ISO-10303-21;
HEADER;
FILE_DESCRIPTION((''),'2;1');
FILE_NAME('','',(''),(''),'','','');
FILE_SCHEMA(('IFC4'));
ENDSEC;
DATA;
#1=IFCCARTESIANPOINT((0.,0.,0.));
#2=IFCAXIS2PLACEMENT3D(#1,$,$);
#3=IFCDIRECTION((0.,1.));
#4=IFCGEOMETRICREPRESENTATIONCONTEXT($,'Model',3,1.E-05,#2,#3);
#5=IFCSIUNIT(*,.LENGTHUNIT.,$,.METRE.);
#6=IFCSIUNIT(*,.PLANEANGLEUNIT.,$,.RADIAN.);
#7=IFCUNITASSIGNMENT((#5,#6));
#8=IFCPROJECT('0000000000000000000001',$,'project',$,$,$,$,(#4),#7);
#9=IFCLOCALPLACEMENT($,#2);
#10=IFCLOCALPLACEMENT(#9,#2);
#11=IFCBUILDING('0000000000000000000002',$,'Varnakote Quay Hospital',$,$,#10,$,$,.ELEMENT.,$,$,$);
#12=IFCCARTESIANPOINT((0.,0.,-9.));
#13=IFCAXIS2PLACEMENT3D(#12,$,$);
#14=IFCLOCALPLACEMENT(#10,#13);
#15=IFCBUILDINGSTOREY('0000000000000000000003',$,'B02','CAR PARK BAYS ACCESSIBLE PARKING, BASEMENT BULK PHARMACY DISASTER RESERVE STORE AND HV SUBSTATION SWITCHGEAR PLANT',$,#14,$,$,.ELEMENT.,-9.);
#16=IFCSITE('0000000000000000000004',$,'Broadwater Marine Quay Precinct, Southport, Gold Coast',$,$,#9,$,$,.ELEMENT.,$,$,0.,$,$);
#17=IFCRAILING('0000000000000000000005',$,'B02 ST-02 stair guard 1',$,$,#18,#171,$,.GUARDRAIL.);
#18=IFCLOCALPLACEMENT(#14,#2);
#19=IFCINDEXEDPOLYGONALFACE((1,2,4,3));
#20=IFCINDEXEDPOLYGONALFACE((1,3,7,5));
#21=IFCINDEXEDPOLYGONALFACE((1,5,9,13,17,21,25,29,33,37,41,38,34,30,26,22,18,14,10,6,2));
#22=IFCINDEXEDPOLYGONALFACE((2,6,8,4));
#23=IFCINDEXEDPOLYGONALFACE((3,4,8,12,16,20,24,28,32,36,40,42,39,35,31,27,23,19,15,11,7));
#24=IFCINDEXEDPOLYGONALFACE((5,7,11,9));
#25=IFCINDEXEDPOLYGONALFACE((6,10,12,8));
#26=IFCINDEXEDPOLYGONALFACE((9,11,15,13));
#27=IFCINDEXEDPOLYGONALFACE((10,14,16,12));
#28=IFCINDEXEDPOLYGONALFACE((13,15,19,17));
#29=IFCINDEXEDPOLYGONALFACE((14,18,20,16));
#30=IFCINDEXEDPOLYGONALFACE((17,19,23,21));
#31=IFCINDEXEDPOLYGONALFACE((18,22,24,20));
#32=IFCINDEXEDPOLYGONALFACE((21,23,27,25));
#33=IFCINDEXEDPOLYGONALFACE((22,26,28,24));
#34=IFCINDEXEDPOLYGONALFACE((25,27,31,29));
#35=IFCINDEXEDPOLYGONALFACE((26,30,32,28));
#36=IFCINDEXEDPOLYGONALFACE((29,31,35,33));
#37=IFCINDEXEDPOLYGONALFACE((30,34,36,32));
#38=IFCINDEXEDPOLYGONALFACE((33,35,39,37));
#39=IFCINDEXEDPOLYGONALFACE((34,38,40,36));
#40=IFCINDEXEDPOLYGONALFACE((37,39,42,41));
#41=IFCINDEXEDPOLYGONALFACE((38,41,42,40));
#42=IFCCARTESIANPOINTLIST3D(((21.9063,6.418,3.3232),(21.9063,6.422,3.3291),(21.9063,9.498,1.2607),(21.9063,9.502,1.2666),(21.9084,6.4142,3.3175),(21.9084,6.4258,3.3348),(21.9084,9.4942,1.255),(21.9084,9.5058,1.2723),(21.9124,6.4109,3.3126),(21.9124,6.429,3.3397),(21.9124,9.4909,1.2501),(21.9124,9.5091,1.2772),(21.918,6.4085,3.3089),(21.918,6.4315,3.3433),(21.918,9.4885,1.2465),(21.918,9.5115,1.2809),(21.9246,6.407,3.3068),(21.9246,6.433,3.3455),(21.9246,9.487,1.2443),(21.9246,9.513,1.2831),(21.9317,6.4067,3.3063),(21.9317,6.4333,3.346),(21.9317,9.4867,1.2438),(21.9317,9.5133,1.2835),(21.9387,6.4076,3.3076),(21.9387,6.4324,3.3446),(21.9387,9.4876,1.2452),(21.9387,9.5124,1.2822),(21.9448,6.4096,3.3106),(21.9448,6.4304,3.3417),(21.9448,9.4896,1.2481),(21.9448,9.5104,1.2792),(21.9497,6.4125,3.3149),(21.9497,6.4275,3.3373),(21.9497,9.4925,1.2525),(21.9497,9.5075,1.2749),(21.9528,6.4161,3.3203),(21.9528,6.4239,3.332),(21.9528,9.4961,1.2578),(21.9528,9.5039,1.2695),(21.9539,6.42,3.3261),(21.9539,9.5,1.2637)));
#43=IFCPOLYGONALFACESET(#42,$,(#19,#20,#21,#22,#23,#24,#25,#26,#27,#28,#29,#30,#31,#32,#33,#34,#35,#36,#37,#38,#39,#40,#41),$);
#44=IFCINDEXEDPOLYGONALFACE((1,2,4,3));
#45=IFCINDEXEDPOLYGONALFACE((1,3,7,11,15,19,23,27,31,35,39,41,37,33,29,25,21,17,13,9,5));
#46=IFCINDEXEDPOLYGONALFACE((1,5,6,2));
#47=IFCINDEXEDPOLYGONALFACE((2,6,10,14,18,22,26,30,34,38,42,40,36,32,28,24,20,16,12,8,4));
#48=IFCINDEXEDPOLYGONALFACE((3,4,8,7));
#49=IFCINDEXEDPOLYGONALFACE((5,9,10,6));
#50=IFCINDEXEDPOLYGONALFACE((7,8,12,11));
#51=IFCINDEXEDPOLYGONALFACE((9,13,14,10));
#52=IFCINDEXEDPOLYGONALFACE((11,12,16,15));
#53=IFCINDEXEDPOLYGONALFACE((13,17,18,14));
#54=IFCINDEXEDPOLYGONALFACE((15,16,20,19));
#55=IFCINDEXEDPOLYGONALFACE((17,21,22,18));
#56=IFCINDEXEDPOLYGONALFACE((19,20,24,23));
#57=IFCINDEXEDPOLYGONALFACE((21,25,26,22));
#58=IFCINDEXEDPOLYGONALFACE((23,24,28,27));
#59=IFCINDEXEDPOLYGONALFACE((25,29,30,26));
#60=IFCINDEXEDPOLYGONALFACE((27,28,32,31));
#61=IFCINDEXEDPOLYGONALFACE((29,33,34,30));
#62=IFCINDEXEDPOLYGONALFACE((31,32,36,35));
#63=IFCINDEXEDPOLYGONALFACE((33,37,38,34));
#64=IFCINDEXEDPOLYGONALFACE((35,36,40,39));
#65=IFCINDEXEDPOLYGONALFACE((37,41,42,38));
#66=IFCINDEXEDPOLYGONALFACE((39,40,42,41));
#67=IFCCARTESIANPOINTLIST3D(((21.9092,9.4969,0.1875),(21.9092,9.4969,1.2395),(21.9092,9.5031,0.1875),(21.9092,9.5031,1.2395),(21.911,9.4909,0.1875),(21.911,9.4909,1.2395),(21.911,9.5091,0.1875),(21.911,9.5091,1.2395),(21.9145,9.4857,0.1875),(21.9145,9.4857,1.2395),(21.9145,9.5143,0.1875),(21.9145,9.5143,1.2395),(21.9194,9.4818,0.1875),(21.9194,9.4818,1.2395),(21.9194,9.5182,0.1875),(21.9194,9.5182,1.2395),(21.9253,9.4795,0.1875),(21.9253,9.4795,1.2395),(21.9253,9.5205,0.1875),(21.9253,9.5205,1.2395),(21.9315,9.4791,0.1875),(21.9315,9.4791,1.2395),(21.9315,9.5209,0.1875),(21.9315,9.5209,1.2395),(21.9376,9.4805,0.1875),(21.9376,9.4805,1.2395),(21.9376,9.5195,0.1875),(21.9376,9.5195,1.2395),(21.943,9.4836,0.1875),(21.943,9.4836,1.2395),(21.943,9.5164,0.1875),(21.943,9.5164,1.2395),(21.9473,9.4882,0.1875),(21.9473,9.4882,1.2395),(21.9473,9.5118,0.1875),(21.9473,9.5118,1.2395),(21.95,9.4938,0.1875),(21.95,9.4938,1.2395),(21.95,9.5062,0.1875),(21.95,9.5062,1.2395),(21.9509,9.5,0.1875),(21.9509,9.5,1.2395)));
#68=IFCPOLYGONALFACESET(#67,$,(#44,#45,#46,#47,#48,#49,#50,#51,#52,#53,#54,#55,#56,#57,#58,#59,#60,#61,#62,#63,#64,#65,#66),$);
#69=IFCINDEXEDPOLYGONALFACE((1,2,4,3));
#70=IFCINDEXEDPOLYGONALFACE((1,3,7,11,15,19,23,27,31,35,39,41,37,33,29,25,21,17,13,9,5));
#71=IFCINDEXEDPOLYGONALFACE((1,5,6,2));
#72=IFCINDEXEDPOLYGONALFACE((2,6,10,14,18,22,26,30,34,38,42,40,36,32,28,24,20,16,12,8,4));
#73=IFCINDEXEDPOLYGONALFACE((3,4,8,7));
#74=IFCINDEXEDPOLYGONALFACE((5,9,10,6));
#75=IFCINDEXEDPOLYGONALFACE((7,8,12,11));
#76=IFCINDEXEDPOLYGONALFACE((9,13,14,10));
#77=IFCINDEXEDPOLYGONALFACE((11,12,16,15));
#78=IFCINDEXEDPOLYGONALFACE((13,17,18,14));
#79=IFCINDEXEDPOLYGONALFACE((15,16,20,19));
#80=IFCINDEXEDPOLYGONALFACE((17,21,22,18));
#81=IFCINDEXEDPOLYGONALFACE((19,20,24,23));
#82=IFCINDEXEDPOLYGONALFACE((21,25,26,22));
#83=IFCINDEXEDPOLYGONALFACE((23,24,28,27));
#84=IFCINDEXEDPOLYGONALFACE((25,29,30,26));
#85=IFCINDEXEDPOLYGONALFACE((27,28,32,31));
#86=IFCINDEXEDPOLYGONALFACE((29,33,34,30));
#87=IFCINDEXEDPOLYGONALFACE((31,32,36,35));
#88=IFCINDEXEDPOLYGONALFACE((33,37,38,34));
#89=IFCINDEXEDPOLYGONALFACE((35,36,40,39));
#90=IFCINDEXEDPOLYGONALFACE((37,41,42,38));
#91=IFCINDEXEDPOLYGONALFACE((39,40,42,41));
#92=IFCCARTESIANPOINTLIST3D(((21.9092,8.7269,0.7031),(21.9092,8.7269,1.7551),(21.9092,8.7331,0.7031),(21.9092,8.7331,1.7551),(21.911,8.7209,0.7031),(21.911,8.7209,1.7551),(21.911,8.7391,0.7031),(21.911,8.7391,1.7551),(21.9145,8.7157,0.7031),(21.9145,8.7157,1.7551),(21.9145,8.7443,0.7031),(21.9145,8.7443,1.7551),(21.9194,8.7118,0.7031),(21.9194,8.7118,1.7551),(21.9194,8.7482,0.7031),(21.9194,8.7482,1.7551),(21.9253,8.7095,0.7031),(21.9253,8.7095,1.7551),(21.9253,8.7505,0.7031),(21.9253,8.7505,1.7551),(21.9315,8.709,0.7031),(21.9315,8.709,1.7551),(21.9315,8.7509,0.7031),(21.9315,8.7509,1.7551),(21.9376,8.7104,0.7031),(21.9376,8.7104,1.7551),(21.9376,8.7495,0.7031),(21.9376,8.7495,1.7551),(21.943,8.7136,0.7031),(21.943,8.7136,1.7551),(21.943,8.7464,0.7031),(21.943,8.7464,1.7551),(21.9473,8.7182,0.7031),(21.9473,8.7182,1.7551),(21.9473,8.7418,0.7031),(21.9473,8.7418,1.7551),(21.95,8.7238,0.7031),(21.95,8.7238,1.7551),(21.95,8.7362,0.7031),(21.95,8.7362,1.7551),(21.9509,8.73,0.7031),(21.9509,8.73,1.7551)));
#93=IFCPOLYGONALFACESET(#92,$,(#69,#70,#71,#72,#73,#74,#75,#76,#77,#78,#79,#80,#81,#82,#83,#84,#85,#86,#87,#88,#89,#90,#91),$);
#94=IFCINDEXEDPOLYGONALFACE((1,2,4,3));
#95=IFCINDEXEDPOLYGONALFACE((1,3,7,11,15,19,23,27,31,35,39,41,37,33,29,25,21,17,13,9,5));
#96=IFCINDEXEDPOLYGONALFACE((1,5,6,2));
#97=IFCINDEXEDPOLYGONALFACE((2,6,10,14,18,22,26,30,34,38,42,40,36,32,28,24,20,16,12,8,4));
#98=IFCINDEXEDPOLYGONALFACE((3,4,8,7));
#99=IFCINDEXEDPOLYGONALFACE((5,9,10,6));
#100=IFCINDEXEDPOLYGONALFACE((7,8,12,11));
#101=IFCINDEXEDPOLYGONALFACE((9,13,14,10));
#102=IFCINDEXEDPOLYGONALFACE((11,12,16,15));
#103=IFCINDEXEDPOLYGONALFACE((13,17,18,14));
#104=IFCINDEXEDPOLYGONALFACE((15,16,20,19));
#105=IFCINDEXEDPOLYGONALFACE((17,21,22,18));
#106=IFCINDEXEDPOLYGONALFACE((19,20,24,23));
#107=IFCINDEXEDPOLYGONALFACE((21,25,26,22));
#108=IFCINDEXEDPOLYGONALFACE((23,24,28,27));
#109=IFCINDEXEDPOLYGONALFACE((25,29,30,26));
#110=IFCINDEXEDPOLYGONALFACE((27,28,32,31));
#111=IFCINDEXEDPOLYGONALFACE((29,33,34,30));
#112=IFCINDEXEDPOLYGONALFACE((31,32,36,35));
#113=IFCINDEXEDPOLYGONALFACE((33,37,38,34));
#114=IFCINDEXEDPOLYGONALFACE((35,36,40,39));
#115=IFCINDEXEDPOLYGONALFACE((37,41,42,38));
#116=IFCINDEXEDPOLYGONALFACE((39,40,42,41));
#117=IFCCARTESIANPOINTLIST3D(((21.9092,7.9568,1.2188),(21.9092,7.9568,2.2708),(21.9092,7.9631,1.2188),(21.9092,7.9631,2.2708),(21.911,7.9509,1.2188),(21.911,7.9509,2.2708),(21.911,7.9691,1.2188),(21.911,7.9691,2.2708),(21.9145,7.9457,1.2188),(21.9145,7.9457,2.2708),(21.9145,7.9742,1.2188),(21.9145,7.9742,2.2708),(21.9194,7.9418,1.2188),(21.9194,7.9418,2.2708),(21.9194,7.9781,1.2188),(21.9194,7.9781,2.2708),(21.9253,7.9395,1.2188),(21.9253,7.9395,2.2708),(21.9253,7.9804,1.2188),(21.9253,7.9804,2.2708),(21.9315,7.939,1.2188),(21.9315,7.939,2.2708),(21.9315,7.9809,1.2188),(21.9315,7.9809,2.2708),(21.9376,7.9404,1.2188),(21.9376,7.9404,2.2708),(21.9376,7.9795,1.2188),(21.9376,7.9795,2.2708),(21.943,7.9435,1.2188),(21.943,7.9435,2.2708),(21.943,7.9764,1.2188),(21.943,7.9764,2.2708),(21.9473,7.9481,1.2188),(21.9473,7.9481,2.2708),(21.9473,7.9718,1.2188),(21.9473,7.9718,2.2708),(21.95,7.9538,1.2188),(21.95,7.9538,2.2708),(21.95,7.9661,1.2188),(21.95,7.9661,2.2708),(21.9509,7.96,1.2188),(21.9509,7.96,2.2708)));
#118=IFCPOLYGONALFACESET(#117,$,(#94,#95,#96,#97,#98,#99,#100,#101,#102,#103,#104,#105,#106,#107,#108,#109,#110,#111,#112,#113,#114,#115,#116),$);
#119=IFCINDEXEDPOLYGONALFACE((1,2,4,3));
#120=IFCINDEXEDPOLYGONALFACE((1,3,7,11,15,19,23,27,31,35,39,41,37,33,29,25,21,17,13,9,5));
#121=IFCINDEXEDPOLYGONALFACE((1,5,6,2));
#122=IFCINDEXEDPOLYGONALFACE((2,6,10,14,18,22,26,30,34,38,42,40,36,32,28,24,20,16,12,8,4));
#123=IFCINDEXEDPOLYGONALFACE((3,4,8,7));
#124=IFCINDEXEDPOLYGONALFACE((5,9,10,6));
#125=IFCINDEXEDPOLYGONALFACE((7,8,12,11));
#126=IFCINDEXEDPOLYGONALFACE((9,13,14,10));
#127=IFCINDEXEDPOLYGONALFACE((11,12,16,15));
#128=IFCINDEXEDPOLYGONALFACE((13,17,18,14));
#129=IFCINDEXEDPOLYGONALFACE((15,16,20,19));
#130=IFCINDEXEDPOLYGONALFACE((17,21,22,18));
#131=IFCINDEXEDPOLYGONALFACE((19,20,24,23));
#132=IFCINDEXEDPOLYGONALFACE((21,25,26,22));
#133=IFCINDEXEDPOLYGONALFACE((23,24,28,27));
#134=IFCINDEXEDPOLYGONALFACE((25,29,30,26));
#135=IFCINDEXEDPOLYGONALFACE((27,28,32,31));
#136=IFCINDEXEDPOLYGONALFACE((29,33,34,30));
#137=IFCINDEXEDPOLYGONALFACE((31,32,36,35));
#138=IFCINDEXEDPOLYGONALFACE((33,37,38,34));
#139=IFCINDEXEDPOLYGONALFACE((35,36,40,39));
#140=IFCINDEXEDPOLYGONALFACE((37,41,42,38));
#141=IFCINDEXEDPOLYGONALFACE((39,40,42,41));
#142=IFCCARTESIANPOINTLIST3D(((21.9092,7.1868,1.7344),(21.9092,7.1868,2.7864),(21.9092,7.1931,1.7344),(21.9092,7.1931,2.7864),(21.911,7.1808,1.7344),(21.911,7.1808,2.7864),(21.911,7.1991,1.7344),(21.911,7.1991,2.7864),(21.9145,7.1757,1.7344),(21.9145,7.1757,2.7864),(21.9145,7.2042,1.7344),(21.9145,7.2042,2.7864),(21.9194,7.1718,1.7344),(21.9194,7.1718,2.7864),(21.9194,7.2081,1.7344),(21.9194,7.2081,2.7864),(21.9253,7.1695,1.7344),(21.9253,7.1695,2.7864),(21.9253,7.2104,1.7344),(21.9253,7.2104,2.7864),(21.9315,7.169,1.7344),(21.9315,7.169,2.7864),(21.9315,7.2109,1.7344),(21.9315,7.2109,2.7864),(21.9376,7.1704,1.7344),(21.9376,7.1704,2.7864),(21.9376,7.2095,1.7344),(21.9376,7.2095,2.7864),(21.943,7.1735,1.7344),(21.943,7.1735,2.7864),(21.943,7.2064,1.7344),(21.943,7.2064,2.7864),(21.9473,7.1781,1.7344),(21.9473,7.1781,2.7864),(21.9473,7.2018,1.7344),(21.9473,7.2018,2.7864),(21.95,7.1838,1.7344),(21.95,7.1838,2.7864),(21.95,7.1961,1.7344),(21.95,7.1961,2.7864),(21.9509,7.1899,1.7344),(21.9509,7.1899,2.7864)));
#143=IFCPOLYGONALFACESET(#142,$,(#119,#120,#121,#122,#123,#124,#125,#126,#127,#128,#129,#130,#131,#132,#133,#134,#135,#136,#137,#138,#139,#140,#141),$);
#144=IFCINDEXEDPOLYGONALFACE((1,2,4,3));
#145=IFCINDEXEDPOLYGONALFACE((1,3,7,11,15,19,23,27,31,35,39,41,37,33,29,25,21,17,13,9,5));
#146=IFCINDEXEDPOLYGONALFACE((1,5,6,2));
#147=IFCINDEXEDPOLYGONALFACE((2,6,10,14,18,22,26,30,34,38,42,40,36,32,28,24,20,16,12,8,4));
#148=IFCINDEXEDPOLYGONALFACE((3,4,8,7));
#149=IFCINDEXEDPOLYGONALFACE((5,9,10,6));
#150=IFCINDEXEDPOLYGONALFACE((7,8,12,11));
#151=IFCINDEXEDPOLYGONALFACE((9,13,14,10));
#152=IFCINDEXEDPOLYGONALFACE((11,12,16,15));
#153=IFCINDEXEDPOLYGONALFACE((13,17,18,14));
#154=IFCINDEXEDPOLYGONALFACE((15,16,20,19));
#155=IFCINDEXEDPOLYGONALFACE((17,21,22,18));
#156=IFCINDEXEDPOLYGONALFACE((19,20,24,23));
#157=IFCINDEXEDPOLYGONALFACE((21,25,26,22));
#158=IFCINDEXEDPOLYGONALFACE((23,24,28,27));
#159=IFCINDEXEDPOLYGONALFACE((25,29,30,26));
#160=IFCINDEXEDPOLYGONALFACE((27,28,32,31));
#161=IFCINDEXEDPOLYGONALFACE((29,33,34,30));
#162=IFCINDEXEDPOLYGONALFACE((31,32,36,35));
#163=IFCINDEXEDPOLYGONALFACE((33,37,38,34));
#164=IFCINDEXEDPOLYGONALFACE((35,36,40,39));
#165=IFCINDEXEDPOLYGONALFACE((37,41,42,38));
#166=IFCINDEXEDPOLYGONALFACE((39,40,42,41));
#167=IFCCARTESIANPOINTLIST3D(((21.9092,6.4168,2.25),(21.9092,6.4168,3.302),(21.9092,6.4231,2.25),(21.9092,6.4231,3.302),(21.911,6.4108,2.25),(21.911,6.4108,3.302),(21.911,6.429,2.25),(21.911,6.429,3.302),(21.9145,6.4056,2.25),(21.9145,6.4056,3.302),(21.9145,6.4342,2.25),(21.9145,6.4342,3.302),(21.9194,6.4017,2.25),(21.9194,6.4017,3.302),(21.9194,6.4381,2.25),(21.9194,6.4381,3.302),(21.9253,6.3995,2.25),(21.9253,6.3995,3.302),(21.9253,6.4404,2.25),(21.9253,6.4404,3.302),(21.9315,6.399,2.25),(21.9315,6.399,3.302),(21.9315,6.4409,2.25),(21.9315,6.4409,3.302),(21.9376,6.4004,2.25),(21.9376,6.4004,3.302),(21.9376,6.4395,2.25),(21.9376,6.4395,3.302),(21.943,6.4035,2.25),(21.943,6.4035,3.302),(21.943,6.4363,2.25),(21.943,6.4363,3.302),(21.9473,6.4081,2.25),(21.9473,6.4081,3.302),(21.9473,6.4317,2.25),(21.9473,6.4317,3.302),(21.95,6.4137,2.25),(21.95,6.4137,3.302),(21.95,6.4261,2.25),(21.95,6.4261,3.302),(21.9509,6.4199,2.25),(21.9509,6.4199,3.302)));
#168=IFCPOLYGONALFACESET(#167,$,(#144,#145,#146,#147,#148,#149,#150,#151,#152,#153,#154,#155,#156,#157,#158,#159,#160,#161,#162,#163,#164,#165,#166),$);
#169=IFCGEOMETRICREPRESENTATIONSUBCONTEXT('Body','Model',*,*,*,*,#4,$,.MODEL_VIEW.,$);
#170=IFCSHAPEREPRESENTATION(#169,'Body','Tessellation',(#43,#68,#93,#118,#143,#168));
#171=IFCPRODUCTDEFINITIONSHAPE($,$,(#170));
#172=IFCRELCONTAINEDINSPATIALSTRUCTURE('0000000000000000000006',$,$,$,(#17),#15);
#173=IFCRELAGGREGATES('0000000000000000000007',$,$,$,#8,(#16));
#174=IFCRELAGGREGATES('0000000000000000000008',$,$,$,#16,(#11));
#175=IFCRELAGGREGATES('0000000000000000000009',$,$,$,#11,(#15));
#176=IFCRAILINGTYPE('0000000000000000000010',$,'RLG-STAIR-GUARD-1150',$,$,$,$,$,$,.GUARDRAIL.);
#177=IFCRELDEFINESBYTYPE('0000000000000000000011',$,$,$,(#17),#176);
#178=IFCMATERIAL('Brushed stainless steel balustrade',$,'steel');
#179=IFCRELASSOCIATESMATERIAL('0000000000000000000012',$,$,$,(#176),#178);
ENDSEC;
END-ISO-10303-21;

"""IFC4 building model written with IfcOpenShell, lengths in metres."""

from ifc_helpers import new_model, si_unit, direction, frame, origin, origin_2d, place, context, subcontext, project, spatial, circle, extrude, material, type_object, element, save


model = new_model("IFC4")

# Units and contexts
model_context = context("Model", 3, precision=1e-05, world=origin(), true_north=direction((0.0, 1.0)))
body_context = subcontext(model_context, "Body", "Model", "MODEL_VIEW")
ifc_project = project(units=[si_unit("LENGTHUNIT", "METRE"), si_unit("PLANEANGLEUNIT", "RADIAN")], contexts=[model_context])

# Site, building, storey
site_placement = place(None, origin())
site = spatial("IfcSite", under=ifc_project, at=site_placement, Name="Broadwater Marine Quay Precinct, Southport, Gold Coast", CompositionType="ELEMENT", RefElevation=0.0)
building_placement = place(site_placement, origin())
building = spatial("IfcBuilding", under=site, at=building_placement, Name="Varnakote Quay Hospital", CompositionType="ELEMENT")
storey_placement = place(building_placement, frame((0.0, 0.0, -9.0)))
storey = spatial("IfcBuildingStorey", under=building, at=storey_placement, Name="B02", Description="CAR PARK BAYS ACCESSIBLE PARKING, BASEMENT BULK PHARMACY DISASTER RESERVE STORE AND HV SUBSTATION SWITCHGEAR PLANT", CompositionType="ELEMENT", Elevation=-9.0)

# Railing
ifc_material_1 = material(Name="Brushed stainless steel balustrade", Category="steel")
railing_type_1 = type_object("IfcRailingType", Name="RLG-STAIR-GUARD-1150", PredefinedType="GUARDRAIL", material=ifc_material_1)
railing_1_placement = place(storey_placement, frame((21.9299, 9.5, 0.1875)))
element("IfcRailing", 1, at=railing_1_placement, inside=storey, type_object=railing_type_1, Name="B02 ST-02 stair guard 1", PredefinedType="GUARDRAIL", context=body_context, shape_type="SweptSolid", body=[
    extrude(circle(Radius=0.0239, at=origin_2d()), frame((0.0, 0.0, 1.0762), z_axis=(0.0, -0.830914, 0.556401), x_axis=(1.0, 0.0, 0.0)), (0.0, 0.0, 1.0), 3.7068),
    extrude(circle(Radius=0.021, at=origin_2d()), origin(), (0.0, 0.0, 1.0), 1.052),
    extrude(circle(Radius=0.021, at=origin_2d()), frame((0.0, -0.77, 0.5156)), (0.0, 0.0, 1.0), 1.052),
    extrude(circle(Radius=0.021, at=origin_2d()), frame((0.0, -1.54, 1.0312)), (0.0, 0.0, 1.0), 1.052),
    extrude(circle(Radius=0.021, at=origin_2d()), frame((0.0, -2.3101, 1.5469)), (0.0, 0.0, 1.0), 1.052),
    extrude(circle(Radius=0.021, at=origin_2d()), frame((0.0, -3.0801, 2.0625)), (0.0, 0.0, 1.0), 1.052),
])

save(model, "model.ifc")
